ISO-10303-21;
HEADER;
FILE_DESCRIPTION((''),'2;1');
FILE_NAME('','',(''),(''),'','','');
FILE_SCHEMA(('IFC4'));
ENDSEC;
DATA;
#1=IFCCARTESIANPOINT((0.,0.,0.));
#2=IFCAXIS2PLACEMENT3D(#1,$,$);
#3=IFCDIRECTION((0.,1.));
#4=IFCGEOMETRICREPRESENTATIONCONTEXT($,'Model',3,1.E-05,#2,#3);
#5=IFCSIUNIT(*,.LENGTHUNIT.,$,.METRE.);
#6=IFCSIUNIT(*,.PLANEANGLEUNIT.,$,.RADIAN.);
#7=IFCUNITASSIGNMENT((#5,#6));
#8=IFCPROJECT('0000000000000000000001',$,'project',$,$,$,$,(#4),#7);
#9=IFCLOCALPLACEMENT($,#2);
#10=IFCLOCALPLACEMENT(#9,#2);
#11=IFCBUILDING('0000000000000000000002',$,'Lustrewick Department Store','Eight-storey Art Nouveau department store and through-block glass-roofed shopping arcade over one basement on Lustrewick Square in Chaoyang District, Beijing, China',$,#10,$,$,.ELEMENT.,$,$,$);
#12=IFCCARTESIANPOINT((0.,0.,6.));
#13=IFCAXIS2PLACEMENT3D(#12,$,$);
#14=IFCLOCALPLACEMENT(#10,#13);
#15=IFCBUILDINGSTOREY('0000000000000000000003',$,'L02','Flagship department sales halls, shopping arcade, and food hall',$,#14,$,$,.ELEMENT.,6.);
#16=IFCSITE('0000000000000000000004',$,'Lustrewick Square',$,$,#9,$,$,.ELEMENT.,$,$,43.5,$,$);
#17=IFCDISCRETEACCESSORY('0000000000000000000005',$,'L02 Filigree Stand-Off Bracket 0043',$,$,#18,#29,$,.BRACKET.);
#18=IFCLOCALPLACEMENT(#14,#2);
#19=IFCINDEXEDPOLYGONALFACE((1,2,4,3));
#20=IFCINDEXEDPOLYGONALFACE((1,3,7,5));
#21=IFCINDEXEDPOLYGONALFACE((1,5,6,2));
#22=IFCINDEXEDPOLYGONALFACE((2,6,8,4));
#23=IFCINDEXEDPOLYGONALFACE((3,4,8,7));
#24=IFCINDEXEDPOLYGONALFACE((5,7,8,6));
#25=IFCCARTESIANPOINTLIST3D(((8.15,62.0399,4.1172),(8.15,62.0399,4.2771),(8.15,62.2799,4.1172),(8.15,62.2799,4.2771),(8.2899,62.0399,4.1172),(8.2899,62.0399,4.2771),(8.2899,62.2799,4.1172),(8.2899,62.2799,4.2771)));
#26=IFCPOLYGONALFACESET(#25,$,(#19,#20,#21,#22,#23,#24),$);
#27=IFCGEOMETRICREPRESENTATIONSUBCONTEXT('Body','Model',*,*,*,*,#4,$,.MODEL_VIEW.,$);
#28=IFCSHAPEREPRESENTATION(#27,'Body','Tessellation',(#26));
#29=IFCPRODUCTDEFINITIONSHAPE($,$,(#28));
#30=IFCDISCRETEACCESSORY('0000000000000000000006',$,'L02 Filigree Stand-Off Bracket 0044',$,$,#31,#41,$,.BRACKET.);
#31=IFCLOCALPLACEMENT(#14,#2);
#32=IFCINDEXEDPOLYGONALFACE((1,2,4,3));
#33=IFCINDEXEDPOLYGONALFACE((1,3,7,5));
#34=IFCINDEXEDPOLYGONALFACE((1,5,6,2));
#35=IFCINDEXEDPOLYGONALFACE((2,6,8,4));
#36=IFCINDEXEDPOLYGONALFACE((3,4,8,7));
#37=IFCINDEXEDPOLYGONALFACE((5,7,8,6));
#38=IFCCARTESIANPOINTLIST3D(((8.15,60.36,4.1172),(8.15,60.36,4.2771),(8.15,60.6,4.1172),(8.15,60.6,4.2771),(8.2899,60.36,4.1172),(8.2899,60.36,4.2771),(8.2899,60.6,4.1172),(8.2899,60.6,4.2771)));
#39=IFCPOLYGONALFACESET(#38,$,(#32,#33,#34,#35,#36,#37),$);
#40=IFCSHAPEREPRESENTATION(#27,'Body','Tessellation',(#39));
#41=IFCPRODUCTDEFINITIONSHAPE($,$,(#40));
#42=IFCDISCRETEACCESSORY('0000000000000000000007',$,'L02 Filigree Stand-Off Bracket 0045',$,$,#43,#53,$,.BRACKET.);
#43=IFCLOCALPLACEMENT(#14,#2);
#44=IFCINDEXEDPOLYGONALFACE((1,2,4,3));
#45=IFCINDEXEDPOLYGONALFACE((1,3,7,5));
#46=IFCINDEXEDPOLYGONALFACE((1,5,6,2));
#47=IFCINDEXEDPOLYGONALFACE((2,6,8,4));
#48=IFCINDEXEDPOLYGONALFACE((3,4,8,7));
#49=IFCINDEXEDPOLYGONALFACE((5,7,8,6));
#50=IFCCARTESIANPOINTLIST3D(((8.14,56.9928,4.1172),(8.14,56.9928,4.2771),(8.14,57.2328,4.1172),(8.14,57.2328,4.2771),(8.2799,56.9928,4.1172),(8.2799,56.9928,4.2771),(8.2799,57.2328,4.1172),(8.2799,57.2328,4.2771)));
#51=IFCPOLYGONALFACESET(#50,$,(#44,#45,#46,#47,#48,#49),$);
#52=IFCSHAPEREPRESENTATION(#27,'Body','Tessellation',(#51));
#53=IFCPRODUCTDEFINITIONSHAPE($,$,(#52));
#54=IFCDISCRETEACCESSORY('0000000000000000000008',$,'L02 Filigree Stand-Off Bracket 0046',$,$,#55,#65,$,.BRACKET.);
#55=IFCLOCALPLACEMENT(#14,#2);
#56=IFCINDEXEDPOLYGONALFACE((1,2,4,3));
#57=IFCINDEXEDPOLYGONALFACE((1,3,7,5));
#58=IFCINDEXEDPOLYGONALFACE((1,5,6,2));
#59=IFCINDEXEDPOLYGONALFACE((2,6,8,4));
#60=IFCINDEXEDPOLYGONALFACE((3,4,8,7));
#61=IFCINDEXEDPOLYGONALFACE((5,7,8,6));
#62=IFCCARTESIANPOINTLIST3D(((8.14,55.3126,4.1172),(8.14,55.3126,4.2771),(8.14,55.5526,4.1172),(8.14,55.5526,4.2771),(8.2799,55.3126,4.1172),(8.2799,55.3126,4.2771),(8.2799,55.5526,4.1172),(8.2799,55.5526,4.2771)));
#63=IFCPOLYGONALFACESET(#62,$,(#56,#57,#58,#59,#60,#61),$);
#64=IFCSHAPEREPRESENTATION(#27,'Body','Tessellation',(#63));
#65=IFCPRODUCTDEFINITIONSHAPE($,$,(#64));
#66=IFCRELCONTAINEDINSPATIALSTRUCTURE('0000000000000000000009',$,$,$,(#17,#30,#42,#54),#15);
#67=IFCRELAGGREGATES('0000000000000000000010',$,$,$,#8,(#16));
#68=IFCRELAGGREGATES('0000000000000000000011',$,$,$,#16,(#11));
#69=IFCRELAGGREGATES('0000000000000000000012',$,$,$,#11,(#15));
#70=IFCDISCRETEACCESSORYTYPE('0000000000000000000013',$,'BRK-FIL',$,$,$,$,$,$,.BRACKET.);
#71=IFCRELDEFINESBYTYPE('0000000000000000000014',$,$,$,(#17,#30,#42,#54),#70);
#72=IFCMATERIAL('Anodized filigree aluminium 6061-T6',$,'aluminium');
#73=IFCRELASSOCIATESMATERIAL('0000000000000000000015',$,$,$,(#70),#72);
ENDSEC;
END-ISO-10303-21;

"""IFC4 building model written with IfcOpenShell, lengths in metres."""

from ifc_helpers import new_model, si_unit, direction, frame, origin, origin_2d, place, context, subcontext, project, spatial, rectangle, extrude, material, type_object, element, save


model = new_model("IFC4")

# Units and contexts
model_context = context("Model", 3, precision=1e-05, world=origin(), true_north=direction((0.0, 1.0)))
body_context = subcontext(model_context, "Body", "Model", "MODEL_VIEW")
ifc_project = project(units=[si_unit("LENGTHUNIT", "METRE"), si_unit("PLANEANGLEUNIT", "RADIAN")], contexts=[model_context])

# Site, building, storey
site_placement = place(None, origin())
site = spatial("IfcSite", under=ifc_project, at=site_placement, Name="Lustrewick Square", CompositionType="ELEMENT", RefElevation=43.5)
building_placement = place(site_placement, origin())
building = spatial("IfcBuilding", under=site, at=building_placement, Name="Lustrewick Department Store", Description="Eight-storey Art Nouveau department store and through-block glass-roofed shopping arcade over one basement on Lustrewick Square in Chaoyang District, Beijing, China", CompositionType="ELEMENT")
storey_placement = place(building_placement, frame((0.0, 0.0, 6.0)))
storey = spatial("IfcBuildingStorey", under=building, at=storey_placement, Name="L02", Description="Flagship department sales halls, shopping arcade, and food hall", CompositionType="ELEMENT", Elevation=6.0)

# Discrete accessories
ifc_material_1 = material(Name="Anodized filigree aluminium 6061-T6", Category="aluminium")
discrete_accessory_type = type_object("IfcDiscreteAccessoryType", Name="BRK-FIL", PredefinedType="BRACKET", material=ifc_material_1)
for number, where, z_axis, x_axis, name in (
    (1, (8.22, 62.1599, 4.1172), (0.0, 0.0, 1.0), (0.0, -1.0, 0.0), "L02 Filigree Stand-Off Bracket 0043"),
    (2, (8.22, 60.48, 4.1172), (0.0, 0.0, 1.0), (0.0, -1.0, 0.0), "L02 Filigree Stand-Off Bracket 0044"),
    (3, (8.21, 57.1128, 4.1172), (0.0, 0.0, 1.0), (0.0, -1.0, 0.0), "L02 Filigree Stand-Off Bracket 0045"),
    (4, (8.21, 55.4326, 4.1172), (0.0, 0.0, 1.0), (0.0, -1.0, 0.0), "L02 Filigree Stand-Off Bracket 0046"),
):
    element("IfcDiscreteAccessory", number, at=place(storey_placement, frame(where, z_axis=z_axis, x_axis=x_axis)), inside=storey, type_object=discrete_accessory_type, Name=name, PredefinedType="BRACKET", context=body_context, shape_type="SweptSolid", body=[
        extrude(rectangle(XDim=0.24, YDim=0.1399, at=origin_2d()), origin(), (0.0, 0.0, 1.0), 0.1599),
    ])

save(model, "model.ifc")
